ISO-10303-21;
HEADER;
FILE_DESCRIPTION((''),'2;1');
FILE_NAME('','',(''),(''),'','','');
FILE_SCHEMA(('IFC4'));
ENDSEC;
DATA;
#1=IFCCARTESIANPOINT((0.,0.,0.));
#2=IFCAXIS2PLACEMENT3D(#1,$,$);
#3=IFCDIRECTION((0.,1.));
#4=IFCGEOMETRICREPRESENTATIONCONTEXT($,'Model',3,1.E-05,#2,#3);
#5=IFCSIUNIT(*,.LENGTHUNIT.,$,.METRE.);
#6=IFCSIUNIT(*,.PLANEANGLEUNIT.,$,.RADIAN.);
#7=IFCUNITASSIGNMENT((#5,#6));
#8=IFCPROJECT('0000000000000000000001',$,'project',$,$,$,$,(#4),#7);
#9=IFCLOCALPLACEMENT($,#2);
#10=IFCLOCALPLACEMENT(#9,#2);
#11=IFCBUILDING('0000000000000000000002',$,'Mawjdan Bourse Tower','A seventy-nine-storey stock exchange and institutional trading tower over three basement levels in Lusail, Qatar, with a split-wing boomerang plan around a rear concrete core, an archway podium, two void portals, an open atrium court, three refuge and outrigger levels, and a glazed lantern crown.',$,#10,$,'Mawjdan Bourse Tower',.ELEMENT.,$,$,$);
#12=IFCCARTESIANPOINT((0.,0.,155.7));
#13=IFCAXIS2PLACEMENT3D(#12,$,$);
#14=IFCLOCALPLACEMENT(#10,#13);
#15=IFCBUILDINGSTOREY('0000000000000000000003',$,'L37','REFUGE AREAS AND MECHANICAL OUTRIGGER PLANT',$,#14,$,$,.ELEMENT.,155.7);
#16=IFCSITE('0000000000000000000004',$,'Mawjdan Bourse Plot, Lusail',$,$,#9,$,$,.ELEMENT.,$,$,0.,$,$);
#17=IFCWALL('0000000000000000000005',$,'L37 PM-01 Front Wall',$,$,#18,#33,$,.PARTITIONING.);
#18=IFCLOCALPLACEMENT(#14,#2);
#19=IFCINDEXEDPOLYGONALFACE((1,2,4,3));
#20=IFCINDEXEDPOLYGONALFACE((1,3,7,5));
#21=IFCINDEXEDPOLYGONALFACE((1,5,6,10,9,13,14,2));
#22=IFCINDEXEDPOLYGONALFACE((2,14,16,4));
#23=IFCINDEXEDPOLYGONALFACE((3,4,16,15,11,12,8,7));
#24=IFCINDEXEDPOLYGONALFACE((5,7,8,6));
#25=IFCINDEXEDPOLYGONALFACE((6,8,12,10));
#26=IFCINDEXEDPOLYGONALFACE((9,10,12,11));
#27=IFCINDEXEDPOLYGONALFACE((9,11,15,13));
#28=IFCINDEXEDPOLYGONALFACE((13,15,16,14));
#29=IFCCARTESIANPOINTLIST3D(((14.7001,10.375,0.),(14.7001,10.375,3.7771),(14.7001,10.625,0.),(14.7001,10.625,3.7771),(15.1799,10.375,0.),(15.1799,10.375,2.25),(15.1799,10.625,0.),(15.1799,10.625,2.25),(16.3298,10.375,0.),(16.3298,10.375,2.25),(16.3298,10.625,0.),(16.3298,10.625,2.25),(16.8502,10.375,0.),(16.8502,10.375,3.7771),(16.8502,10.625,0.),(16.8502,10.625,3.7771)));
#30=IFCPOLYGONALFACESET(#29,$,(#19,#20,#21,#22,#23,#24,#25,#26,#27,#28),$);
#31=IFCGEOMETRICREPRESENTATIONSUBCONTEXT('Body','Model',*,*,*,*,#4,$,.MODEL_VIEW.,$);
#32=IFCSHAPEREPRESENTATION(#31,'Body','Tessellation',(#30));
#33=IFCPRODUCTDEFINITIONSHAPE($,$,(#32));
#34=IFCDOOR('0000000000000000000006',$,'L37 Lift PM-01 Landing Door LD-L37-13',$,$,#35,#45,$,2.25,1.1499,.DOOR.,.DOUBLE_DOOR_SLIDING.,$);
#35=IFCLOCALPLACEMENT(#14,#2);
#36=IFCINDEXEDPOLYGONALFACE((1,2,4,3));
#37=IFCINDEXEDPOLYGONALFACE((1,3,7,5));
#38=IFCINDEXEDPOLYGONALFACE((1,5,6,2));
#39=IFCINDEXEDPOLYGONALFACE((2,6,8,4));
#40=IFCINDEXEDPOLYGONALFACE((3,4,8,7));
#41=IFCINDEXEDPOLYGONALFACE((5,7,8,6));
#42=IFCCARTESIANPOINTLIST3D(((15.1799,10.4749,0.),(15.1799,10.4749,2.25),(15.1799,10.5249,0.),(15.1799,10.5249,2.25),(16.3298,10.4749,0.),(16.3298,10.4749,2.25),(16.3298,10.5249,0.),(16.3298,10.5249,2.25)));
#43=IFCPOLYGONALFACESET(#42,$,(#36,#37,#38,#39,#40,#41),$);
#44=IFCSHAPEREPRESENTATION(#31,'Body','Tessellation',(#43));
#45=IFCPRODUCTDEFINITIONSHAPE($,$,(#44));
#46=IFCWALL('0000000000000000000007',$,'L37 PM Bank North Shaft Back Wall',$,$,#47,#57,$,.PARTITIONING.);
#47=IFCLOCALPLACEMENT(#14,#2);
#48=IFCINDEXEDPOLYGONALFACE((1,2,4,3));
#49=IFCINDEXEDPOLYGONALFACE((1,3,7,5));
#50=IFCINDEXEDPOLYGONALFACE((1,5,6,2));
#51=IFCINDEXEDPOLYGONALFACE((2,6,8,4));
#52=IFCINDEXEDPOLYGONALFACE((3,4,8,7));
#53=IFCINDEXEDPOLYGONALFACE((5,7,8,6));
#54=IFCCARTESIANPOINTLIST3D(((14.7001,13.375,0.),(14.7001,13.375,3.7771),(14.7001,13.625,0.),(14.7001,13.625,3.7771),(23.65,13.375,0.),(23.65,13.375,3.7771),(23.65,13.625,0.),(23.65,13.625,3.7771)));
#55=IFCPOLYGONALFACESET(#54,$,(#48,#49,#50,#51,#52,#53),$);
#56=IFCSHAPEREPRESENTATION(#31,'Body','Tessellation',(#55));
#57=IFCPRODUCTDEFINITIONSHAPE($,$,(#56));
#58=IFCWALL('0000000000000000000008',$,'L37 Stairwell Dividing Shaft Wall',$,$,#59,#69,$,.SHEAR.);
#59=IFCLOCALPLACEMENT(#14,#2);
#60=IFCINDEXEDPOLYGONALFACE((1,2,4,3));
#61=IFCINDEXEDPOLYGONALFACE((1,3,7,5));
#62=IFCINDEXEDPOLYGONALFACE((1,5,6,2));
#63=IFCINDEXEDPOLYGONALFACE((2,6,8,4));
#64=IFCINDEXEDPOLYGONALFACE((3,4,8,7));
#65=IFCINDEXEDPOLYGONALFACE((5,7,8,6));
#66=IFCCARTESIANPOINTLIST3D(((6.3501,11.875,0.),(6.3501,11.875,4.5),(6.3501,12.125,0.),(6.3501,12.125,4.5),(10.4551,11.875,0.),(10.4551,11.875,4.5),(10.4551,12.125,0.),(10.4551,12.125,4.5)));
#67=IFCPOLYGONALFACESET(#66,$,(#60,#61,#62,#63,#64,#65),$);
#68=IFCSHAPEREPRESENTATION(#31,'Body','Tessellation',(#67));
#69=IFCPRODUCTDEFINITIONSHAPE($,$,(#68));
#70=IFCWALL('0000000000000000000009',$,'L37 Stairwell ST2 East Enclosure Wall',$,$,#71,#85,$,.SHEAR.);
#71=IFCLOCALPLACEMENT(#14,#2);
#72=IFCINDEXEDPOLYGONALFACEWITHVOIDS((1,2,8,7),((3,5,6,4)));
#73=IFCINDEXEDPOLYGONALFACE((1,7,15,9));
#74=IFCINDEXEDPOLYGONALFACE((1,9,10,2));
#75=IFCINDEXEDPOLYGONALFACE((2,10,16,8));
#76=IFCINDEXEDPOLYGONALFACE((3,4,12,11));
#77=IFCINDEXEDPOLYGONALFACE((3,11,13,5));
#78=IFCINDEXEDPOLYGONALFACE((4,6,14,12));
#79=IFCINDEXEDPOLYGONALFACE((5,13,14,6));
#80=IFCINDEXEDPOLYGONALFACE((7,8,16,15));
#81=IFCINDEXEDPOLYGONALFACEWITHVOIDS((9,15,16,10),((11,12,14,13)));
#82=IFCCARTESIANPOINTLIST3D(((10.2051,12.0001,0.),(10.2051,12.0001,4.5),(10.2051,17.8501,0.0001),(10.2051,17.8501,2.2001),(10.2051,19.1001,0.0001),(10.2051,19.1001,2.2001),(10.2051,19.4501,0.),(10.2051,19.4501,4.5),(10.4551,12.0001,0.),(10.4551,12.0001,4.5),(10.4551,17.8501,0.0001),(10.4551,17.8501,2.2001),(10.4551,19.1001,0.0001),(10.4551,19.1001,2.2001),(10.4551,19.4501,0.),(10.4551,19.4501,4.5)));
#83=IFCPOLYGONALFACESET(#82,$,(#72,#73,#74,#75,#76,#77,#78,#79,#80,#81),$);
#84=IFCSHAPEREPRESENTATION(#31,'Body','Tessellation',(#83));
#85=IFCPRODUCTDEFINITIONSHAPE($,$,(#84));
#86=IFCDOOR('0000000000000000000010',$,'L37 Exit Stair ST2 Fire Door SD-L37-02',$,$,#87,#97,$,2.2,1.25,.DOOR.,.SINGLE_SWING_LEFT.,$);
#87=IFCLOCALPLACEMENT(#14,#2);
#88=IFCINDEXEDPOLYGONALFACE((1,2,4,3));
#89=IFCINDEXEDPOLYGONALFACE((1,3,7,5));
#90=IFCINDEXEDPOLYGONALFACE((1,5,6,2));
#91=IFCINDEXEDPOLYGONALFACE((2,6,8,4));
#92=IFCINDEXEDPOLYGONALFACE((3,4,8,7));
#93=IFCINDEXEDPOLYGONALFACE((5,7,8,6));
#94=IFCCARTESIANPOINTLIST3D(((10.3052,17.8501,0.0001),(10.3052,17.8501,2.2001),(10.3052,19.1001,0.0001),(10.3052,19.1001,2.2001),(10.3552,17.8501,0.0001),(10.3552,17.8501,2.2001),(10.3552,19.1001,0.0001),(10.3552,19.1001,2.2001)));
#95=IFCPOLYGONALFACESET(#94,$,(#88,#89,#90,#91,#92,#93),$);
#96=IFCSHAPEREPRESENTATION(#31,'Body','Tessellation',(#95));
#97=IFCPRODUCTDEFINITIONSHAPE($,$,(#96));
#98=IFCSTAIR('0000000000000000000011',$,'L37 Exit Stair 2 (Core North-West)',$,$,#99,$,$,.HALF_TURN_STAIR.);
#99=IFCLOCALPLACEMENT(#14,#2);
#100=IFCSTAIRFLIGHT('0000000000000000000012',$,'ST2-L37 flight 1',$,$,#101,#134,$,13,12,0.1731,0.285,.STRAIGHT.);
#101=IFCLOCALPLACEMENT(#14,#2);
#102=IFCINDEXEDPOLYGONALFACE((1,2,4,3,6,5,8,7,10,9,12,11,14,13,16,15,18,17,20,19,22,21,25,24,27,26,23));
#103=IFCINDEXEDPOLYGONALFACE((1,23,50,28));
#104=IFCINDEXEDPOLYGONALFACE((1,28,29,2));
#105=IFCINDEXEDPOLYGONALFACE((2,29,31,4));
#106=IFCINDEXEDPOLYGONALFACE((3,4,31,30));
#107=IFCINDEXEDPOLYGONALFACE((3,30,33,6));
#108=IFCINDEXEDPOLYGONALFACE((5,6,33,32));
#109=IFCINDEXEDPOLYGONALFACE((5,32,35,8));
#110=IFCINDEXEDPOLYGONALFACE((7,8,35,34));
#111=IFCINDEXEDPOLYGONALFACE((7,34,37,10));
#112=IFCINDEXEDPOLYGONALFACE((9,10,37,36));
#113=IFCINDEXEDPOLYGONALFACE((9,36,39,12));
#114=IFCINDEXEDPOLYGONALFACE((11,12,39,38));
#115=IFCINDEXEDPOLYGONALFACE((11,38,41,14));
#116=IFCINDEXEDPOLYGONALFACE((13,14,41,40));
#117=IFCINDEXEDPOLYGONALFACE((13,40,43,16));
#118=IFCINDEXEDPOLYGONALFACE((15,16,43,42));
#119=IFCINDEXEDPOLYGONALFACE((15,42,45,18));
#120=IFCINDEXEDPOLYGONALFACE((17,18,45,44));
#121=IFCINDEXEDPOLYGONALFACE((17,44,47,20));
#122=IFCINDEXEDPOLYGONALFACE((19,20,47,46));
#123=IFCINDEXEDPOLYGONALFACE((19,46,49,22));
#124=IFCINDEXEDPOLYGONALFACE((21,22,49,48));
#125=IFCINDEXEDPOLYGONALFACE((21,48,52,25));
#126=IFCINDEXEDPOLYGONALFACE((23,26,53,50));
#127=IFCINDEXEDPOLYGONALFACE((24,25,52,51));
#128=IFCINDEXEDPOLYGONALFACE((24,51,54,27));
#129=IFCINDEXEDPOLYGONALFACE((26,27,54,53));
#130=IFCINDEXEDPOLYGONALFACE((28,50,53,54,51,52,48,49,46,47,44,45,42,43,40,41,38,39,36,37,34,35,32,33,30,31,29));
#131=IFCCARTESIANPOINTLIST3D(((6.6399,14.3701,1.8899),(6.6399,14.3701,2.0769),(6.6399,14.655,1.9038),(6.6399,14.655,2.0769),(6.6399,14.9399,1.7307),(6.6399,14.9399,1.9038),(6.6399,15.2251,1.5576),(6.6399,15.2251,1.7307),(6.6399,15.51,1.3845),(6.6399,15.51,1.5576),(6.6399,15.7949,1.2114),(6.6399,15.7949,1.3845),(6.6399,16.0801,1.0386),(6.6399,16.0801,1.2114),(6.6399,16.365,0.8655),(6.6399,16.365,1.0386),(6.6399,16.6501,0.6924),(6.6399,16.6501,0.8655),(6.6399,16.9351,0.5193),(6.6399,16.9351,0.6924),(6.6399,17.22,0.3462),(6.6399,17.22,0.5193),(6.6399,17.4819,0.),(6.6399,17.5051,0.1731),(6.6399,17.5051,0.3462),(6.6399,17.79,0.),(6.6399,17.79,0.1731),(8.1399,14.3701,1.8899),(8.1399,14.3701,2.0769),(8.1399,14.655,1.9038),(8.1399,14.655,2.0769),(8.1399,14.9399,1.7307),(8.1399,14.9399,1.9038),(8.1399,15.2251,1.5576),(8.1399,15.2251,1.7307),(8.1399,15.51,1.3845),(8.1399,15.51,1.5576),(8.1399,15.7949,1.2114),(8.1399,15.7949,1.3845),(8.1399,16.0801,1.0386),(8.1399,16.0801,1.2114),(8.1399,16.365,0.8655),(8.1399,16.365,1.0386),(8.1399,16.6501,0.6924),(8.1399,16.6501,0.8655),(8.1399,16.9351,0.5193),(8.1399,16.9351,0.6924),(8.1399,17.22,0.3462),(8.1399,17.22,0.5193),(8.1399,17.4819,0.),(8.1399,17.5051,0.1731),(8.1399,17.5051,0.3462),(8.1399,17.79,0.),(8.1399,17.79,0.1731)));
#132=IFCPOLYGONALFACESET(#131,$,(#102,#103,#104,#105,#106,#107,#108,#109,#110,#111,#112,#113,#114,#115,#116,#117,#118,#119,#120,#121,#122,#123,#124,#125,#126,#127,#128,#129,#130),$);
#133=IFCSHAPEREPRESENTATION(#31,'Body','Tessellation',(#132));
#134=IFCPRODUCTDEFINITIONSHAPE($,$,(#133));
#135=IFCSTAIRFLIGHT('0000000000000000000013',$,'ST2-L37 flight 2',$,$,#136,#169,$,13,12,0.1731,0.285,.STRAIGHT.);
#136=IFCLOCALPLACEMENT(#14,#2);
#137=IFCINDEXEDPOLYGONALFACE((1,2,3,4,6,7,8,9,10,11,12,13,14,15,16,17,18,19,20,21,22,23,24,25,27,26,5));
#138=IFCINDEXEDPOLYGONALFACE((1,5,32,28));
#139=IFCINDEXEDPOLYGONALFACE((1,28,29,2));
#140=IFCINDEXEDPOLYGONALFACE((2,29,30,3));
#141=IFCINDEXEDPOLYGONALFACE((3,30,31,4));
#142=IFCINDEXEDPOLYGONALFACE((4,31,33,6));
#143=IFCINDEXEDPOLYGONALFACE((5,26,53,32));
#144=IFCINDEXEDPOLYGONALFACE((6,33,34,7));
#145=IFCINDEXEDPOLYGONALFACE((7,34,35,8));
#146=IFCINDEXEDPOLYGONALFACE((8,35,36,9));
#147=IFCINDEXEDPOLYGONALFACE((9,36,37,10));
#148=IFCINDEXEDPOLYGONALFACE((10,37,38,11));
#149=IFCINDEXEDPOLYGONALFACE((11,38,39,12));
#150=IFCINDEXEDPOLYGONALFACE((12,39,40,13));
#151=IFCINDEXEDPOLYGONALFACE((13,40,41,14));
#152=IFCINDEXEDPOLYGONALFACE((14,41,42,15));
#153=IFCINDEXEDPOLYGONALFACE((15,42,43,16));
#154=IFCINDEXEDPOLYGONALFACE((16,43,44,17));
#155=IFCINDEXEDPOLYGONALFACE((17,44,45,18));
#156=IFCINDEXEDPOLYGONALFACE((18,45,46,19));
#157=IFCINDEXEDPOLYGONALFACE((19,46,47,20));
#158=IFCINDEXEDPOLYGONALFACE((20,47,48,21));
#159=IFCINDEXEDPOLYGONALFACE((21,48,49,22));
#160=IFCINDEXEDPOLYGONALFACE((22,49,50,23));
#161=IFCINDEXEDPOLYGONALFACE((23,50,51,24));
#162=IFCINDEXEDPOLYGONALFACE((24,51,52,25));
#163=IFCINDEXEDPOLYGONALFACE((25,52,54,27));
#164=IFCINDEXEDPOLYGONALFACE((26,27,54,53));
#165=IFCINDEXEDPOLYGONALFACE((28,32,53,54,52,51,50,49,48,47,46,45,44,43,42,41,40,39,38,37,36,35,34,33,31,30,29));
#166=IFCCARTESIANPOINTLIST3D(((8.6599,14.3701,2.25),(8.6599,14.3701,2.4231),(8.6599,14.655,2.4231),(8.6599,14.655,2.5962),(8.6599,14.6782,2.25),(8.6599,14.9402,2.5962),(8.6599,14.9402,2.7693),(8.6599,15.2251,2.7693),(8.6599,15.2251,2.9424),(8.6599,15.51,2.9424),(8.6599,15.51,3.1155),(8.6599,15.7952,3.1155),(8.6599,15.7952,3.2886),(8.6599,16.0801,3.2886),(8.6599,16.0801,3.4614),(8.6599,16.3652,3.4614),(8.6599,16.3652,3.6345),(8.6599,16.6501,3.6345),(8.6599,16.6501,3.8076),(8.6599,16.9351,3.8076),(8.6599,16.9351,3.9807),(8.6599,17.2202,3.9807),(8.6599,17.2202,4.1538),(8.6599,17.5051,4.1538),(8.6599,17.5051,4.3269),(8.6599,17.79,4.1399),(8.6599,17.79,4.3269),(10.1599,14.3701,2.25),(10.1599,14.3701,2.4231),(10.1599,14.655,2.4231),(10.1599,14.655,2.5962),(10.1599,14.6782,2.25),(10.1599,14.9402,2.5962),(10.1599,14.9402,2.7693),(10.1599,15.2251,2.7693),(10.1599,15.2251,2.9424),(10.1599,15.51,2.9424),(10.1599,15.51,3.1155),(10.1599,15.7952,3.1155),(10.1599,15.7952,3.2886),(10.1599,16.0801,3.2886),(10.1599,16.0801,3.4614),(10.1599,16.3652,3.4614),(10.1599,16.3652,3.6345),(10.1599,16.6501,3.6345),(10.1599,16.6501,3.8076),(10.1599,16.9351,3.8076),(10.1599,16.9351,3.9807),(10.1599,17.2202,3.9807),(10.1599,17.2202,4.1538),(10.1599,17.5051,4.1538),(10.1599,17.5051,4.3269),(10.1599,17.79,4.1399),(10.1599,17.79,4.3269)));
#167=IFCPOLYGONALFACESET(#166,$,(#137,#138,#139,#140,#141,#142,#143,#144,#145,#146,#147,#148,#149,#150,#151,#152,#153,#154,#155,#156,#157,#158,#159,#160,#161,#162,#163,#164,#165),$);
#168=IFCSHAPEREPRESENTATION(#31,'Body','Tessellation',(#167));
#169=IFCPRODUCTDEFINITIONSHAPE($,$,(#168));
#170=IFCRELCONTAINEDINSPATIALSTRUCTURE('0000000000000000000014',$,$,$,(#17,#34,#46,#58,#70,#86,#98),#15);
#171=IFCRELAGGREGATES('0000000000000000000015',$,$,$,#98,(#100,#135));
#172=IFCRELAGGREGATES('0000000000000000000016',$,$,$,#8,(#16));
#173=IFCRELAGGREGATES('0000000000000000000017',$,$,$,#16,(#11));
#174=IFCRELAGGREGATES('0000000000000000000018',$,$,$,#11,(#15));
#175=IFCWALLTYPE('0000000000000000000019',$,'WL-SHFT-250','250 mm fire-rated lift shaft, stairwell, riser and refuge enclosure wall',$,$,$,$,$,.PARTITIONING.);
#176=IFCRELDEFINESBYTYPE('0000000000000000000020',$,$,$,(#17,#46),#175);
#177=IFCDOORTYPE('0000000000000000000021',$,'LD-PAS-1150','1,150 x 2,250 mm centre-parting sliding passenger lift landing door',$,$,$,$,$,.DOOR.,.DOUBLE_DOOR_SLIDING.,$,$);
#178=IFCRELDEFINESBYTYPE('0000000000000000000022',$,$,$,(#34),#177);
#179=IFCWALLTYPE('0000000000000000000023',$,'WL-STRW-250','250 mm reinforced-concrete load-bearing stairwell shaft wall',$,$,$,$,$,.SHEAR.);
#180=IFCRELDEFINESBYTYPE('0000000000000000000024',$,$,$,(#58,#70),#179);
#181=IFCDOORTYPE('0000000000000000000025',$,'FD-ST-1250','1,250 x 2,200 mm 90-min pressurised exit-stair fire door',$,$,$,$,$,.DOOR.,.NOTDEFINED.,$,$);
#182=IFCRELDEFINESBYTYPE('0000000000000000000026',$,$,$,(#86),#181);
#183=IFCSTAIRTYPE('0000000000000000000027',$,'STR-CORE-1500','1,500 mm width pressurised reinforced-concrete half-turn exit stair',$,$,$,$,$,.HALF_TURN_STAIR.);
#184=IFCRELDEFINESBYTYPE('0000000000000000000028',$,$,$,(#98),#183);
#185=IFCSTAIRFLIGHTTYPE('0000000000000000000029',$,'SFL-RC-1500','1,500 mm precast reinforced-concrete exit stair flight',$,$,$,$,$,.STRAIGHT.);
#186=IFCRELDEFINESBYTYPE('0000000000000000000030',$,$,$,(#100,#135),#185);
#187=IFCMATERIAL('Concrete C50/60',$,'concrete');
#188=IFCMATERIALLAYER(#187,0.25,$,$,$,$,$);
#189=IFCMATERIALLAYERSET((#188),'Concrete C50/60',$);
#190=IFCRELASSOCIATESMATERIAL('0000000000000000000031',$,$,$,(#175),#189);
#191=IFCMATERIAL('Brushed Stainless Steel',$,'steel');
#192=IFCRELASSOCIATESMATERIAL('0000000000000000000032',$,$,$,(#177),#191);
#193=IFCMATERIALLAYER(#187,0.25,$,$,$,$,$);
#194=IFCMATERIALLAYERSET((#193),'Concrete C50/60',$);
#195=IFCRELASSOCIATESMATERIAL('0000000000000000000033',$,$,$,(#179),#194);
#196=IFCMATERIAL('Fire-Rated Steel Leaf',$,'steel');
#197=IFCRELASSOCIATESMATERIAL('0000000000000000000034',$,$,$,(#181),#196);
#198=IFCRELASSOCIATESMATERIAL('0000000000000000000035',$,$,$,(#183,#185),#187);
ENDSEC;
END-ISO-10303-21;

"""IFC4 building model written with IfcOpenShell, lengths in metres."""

from ifc_helpers import new_model, si_unit, direction, frame, frame_2d, origin, place, context, subcontext, project, spatial, polyline, rectangle, outline, extrude, material, layer, layer_set, type_object, element, fill, aggregate, save


model = new_model("IFC4")

# Units and contexts
model_context = context("Model", 3, precision=1e-05, world=origin(), true_north=direction((0.0, 1.0)))
body_context = subcontext(model_context, "Body", "Model", "MODEL_VIEW")
ifc_project = project(units=[si_unit("LENGTHUNIT", "METRE"), si_unit("PLANEANGLEUNIT", "RADIAN")], contexts=[model_context])

# Site, building, storey
site_placement = place(None, origin())
site = spatial("IfcSite", under=ifc_project, at=site_placement, Name="Mawjdan Bourse Plot, Lusail", CompositionType="ELEMENT", RefElevation=0.0)
building_placement = place(site_placement, origin())
building = spatial("IfcBuilding", under=site, at=building_placement, Name="Mawjdan Bourse Tower", Description="A seventy-nine-storey stock exchange and institutional trading tower over three basement levels in Lusail, Qatar, with a split-wing boomerang plan around a rear concrete core, an archway podium, two void portals, an open atrium court, three refuge and outrigger levels, and a glazed lantern crown.", LongName="Mawjdan Bourse Tower", CompositionType="ELEMENT")
storey_placement = place(building_placement, frame((0.0, 0.0, 155.7)))
storey = spatial("IfcBuildingStorey", under=building, at=storey_placement, Name="L37", Description="REFUGE AREAS AND MECHANICAL OUTRIGGER PLANT", CompositionType="ELEMENT", Elevation=155.7)

# Shared definitions
ifc_material_1 = material(Name="Concrete C50/60", Category="concrete")
ifc_layer_1 = layer(ifc_material_1, 0.25)
ifc_layer_set_1 = layer_set([ifc_layer_1], Name="Concrete C50/60")
wall_type_1 = type_object("IfcWallType", Name="WL-SHFT-250", Description="250 mm fire-rated lift shaft, stairwell, riser and refuge enclosure wall", PredefinedType="PARTITIONING", material=ifc_layer_set_1)

# Wall, opening, door
wall_1_placement = place(storey_placement, frame((14.7, 10.5, 0.0), z_axis=(0.0, 0.0, 1.0), x_axis=(1.0, 0.0, 0.0)))
wall_1 = element("IfcWall", 1, at=wall_1_placement, inside=storey, type_object=wall_type_1, Name="L37 PM-01 Front Wall", PredefinedType="PARTITIONING", context=body_context, shape_type="SweptSolid", body=[
    extrude(rectangle(XDim=2.1501, YDim=0.25, at=frame_2d((1.0752, 0.0))), origin(), (0.0, 0.0, 1.0), 3.7771),
])
opening_1_placement = place(wall_1_placement, frame((0.48, 0.0, 0.0)))
opening_1 = element("IfcOpeningElement", 2, at=opening_1_placement, cuts=wall_1, PredefinedType="OPENING", context=body_context, shape_type="SweptSolid", body=[
    extrude(rectangle(XDim=1.1499, YDim=2.25, at=frame_2d((0.575, 1.125))), frame((0.0, 0.135, 0.0), z_axis=(0.0, -1.0, 0.0), x_axis=(1.0, 0.0, 0.0)), (0.0, 0.0, 1.0), 0.27),
])
ifc_material_2 = material(Name="Brushed Stainless Steel", Category="steel")
door_type_1 = type_object("IfcDoorType", Name="LD-PAS-1150", Description="1,150 x 2,250 mm centre-parting sliding passenger lift landing door", OperationType="DOUBLE_DOOR_SLIDING", PredefinedType="DOOR", material=ifc_material_2)
door_1_placement = place(opening_1_placement, origin())
door_1 = element("IfcDoor", 3, at=door_1_placement, inside=storey, type_object=door_type_1, Name="L37 Lift PM-01 Landing Door LD-L37-13", OperationType="DOUBLE_DOOR_SLIDING", OverallHeight=2.25, OverallWidth=1.1499, PredefinedType="DOOR", context=body_context, shape_type="SweptSolid", body=[
    extrude(rectangle(XDim=1.1499, YDim=2.25, at=frame_2d((0.575, 1.125))), frame((0.0, 0.0249, 0.0), z_axis=(0.0, -1.0, 0.0), x_axis=(1.0, 0.0, 0.0)), (0.0, 0.0, 1.0), 0.05),
])
fill(opening_1, door_1)

# Walls
wall_2_placement = place(storey_placement, frame((14.7, 13.5, 0.0), z_axis=(0.0, 0.0, 1.0), x_axis=(1.0, 0.0, 0.0)))
element("IfcWall", 4, at=wall_2_placement, inside=storey, type_object=wall_type_1, Name="L37 PM Bank North Shaft Back Wall", PredefinedType="PARTITIONING", context=body_context, shape_type="SweptSolid", body=[
    extrude(rectangle(XDim=8.95, YDim=0.25, at=frame_2d((4.4751, 0.0))), origin(), (0.0, 0.0, 1.0), 3.7771),
])
ifc_layer_2 = layer(ifc_material_1, 0.25)
ifc_layer_set_2 = layer_set([ifc_layer_2], Name="Concrete C50/60")
wall_type_2 = type_object("IfcWallType", Name="WL-STRW-250", Description="250 mm reinforced-concrete load-bearing stairwell shaft wall", PredefinedType="SHEAR", material=ifc_layer_set_2)
wall_3_placement = place(storey_placement, frame((6.3501, 12.0, 0.0), z_axis=(0.0, 0.0, 1.0), x_axis=(1.0, 0.0, 0.0)))
element("IfcWall", 5, at=wall_3_placement, inside=storey, type_object=wall_type_2, Name="L37 Stairwell Dividing Shaft Wall", PredefinedType="SHEAR", context=body_context, shape_type="SweptSolid", body=[
    extrude(rectangle(XDim=4.105, YDim=0.25, at=frame_2d((2.0525, 0.0))), origin(), (0.0, 0.0, 1.0), 4.5),
])

# Wall, opening, door
wall_4_placement = place(storey_placement, frame((10.3301, 12.0, 0.0), z_axis=(0.0, 0.0, 1.0), x_axis=(0.0, 1.0, 0.0)))
wall_4 = element("IfcWall", 6, at=wall_4_placement, inside=storey, type_object=wall_type_2, Name="L37 Stairwell ST2 East Enclosure Wall", PredefinedType="SHEAR", context=body_context, shape_type="SweptSolid", body=[
    extrude(rectangle(XDim=7.45, YDim=0.25, at=frame_2d((3.7251, 0.0))), origin(), (0.0, 0.0, 1.0), 4.5),
])
opening_2_placement = place(wall_4_placement, frame((5.8501, 0.0, 0.0)))
opening_2 = element("IfcOpeningElement", 7, at=opening_2_placement, cuts=wall_4, PredefinedType="OPENING", context=body_context, shape_type="SweptSolid", body=[
    extrude(rectangle(XDim=1.25, YDim=2.2, at=frame_2d((0.625, 1.1001))), frame((0.0, 0.135, 0.0), z_axis=(0.0, -1.0, 0.0), x_axis=(1.0, 0.0, 0.0)), (0.0, 0.0, 1.0), 0.27),
])
ifc_material_3 = material(Name="Fire-Rated Steel Leaf", Category="steel")
door_type_2 = type_object("IfcDoorType", Name="FD-ST-1250", Description="1,250 x 2,200 mm 90-min pressurised exit-stair fire door", OperationType="NOTDEFINED", PredefinedType="DOOR", material=ifc_material_3)
door_2_placement = place(opening_2_placement, origin())
door_2 = element("IfcDoor", 8, at=door_2_placement, inside=storey, type_object=door_type_2, Name="L37 Exit Stair ST2 Fire Door SD-L37-02", OperationType="SINGLE_SWING_LEFT", OverallHeight=2.2, OverallWidth=1.25, PredefinedType="DOOR", context=body_context, shape_type="SweptSolid", body=[
    extrude(rectangle(XDim=1.25, YDim=2.2, at=frame_2d((0.625, 1.1001))), frame((0.0, 0.0249, 0.0), z_axis=(0.0, -1.0, 0.0), x_axis=(1.0, 0.0, 0.0)), (0.0, 0.0, 1.0), 0.05),
])
fill(opening_2, door_2)

# Stair, stair flights
stair_type = type_object("IfcStairType", Name="STR-CORE-1500", Description="1,500 mm width pressurised reinforced-concrete half-turn exit stair", PredefinedType="HALF_TURN_STAIR", material=ifc_material_1)
stair_placement = place(storey_placement, origin())
stair = element("IfcStair", 9, at=stair_placement, inside=storey, type_object=stair_type, Name="L37 Exit Stair 2 (Core North-West)", PredefinedType="HALF_TURN_STAIR")
stair_flight_type = type_object("IfcStairFlightType", Name="SFL-RC-1500", Description="1,500 mm precast reinforced-concrete exit stair flight", PredefinedType="STRAIGHT", material=ifc_material_1)
stair_flight_1_placement = place(storey_placement, frame((7.3899, 17.79, 0.0), z_axis=(0.0, 0.0, 1.0), x_axis=(0.0, -1.0, 0.0)))
stair_flight_1 = element("IfcStairFlight", 10, at=stair_flight_1_placement, type_object=stair_flight_type, Name="ST2-L37 flight 1", NumberOfRisers=13, NumberOfTreads=12, PredefinedType="STRAIGHT", RiserHeight=0.1731, TreadLength=0.285, context=body_context, shape_type="SweptSolid", body=[
    extrude(outline(polyline([(0.0, 0.0), (0.0, 0.1731), (0.2849, 0.1731), (0.2849, 0.3462), (0.5701, 0.3462), (0.5701, 0.5193), (0.855, 0.5193), (0.855, 0.6924), (1.1399, 0.6924), (1.1399, 0.8655), (1.425, 0.8655), (1.425, 1.0386), (1.71, 1.0386), (1.71, 1.2114), (1.9951, 1.2114), (1.9951, 1.3845), (2.28, 1.3845), (2.28, 1.5576), (2.5649, 1.5576), (2.5649, 1.7307), (2.8501, 1.7307), (2.8501, 1.9038), (3.135, 1.9038), (3.135, 2.0769), (3.4199, 2.0769), (3.4199, 2.25), (3.4199, 1.8899), (0.3081, 0.0), (0.0, 0.0)])), frame((0.0, 0.75, 0.0), z_axis=(0.0, -1.0, 0.0), x_axis=(1.0, 0.0, 0.0)), (0.0, 0.0, 1.0), 1.5),
])
stair_flight_2_placement = place(storey_placement, frame((9.4099, 14.3701, 2.25), z_axis=(0.0, 0.0, 1.0), x_axis=(0.0, 1.0, 0.0)))
stair_flight_2 = element("IfcStairFlight", 11, at=stair_flight_2_placement, type_object=stair_flight_type, Name="ST2-L37 flight 2", NumberOfRisers=13, NumberOfTreads=12, PredefinedType="STRAIGHT", RiserHeight=0.1731, TreadLength=0.285, context=body_context, shape_type="SweptSolid", body=[
    extrude(outline(polyline([(0.0, 0.0), (0.0, 0.1731), (0.2849, 0.1731), (0.2849, 0.3462), (0.5701, 0.3462), (0.5701, 0.5193), (0.855, 0.5193), (0.855, 0.6924), (1.1399, 0.6924), (1.1399, 0.8655), (1.425, 0.8655), (1.425, 1.0386), (1.71, 1.0386), (1.71, 1.2114), (1.9951, 1.2114), (1.9951, 1.3845), (2.28, 1.3845), (2.28, 1.5576), (2.5649, 1.5576), (2.5649, 1.7307), (2.8501, 1.7307), (2.8501, 1.9038), (3.135, 1.9038), (3.135, 2.0769), (3.4199, 2.0769), (3.4199, 2.25), (3.4199, 1.8899), (0.3081, 0.0), (0.0, 0.0)])), frame((0.0, 0.75, 0.0), z_axis=(0.0, -1.0, 0.0), x_axis=(1.0, 0.0, 0.0)), (0.0, 0.0, 1.0), 1.5),
])
aggregate(stair, [stair_flight_1, stair_flight_2])

save(model, "model.ifc")
